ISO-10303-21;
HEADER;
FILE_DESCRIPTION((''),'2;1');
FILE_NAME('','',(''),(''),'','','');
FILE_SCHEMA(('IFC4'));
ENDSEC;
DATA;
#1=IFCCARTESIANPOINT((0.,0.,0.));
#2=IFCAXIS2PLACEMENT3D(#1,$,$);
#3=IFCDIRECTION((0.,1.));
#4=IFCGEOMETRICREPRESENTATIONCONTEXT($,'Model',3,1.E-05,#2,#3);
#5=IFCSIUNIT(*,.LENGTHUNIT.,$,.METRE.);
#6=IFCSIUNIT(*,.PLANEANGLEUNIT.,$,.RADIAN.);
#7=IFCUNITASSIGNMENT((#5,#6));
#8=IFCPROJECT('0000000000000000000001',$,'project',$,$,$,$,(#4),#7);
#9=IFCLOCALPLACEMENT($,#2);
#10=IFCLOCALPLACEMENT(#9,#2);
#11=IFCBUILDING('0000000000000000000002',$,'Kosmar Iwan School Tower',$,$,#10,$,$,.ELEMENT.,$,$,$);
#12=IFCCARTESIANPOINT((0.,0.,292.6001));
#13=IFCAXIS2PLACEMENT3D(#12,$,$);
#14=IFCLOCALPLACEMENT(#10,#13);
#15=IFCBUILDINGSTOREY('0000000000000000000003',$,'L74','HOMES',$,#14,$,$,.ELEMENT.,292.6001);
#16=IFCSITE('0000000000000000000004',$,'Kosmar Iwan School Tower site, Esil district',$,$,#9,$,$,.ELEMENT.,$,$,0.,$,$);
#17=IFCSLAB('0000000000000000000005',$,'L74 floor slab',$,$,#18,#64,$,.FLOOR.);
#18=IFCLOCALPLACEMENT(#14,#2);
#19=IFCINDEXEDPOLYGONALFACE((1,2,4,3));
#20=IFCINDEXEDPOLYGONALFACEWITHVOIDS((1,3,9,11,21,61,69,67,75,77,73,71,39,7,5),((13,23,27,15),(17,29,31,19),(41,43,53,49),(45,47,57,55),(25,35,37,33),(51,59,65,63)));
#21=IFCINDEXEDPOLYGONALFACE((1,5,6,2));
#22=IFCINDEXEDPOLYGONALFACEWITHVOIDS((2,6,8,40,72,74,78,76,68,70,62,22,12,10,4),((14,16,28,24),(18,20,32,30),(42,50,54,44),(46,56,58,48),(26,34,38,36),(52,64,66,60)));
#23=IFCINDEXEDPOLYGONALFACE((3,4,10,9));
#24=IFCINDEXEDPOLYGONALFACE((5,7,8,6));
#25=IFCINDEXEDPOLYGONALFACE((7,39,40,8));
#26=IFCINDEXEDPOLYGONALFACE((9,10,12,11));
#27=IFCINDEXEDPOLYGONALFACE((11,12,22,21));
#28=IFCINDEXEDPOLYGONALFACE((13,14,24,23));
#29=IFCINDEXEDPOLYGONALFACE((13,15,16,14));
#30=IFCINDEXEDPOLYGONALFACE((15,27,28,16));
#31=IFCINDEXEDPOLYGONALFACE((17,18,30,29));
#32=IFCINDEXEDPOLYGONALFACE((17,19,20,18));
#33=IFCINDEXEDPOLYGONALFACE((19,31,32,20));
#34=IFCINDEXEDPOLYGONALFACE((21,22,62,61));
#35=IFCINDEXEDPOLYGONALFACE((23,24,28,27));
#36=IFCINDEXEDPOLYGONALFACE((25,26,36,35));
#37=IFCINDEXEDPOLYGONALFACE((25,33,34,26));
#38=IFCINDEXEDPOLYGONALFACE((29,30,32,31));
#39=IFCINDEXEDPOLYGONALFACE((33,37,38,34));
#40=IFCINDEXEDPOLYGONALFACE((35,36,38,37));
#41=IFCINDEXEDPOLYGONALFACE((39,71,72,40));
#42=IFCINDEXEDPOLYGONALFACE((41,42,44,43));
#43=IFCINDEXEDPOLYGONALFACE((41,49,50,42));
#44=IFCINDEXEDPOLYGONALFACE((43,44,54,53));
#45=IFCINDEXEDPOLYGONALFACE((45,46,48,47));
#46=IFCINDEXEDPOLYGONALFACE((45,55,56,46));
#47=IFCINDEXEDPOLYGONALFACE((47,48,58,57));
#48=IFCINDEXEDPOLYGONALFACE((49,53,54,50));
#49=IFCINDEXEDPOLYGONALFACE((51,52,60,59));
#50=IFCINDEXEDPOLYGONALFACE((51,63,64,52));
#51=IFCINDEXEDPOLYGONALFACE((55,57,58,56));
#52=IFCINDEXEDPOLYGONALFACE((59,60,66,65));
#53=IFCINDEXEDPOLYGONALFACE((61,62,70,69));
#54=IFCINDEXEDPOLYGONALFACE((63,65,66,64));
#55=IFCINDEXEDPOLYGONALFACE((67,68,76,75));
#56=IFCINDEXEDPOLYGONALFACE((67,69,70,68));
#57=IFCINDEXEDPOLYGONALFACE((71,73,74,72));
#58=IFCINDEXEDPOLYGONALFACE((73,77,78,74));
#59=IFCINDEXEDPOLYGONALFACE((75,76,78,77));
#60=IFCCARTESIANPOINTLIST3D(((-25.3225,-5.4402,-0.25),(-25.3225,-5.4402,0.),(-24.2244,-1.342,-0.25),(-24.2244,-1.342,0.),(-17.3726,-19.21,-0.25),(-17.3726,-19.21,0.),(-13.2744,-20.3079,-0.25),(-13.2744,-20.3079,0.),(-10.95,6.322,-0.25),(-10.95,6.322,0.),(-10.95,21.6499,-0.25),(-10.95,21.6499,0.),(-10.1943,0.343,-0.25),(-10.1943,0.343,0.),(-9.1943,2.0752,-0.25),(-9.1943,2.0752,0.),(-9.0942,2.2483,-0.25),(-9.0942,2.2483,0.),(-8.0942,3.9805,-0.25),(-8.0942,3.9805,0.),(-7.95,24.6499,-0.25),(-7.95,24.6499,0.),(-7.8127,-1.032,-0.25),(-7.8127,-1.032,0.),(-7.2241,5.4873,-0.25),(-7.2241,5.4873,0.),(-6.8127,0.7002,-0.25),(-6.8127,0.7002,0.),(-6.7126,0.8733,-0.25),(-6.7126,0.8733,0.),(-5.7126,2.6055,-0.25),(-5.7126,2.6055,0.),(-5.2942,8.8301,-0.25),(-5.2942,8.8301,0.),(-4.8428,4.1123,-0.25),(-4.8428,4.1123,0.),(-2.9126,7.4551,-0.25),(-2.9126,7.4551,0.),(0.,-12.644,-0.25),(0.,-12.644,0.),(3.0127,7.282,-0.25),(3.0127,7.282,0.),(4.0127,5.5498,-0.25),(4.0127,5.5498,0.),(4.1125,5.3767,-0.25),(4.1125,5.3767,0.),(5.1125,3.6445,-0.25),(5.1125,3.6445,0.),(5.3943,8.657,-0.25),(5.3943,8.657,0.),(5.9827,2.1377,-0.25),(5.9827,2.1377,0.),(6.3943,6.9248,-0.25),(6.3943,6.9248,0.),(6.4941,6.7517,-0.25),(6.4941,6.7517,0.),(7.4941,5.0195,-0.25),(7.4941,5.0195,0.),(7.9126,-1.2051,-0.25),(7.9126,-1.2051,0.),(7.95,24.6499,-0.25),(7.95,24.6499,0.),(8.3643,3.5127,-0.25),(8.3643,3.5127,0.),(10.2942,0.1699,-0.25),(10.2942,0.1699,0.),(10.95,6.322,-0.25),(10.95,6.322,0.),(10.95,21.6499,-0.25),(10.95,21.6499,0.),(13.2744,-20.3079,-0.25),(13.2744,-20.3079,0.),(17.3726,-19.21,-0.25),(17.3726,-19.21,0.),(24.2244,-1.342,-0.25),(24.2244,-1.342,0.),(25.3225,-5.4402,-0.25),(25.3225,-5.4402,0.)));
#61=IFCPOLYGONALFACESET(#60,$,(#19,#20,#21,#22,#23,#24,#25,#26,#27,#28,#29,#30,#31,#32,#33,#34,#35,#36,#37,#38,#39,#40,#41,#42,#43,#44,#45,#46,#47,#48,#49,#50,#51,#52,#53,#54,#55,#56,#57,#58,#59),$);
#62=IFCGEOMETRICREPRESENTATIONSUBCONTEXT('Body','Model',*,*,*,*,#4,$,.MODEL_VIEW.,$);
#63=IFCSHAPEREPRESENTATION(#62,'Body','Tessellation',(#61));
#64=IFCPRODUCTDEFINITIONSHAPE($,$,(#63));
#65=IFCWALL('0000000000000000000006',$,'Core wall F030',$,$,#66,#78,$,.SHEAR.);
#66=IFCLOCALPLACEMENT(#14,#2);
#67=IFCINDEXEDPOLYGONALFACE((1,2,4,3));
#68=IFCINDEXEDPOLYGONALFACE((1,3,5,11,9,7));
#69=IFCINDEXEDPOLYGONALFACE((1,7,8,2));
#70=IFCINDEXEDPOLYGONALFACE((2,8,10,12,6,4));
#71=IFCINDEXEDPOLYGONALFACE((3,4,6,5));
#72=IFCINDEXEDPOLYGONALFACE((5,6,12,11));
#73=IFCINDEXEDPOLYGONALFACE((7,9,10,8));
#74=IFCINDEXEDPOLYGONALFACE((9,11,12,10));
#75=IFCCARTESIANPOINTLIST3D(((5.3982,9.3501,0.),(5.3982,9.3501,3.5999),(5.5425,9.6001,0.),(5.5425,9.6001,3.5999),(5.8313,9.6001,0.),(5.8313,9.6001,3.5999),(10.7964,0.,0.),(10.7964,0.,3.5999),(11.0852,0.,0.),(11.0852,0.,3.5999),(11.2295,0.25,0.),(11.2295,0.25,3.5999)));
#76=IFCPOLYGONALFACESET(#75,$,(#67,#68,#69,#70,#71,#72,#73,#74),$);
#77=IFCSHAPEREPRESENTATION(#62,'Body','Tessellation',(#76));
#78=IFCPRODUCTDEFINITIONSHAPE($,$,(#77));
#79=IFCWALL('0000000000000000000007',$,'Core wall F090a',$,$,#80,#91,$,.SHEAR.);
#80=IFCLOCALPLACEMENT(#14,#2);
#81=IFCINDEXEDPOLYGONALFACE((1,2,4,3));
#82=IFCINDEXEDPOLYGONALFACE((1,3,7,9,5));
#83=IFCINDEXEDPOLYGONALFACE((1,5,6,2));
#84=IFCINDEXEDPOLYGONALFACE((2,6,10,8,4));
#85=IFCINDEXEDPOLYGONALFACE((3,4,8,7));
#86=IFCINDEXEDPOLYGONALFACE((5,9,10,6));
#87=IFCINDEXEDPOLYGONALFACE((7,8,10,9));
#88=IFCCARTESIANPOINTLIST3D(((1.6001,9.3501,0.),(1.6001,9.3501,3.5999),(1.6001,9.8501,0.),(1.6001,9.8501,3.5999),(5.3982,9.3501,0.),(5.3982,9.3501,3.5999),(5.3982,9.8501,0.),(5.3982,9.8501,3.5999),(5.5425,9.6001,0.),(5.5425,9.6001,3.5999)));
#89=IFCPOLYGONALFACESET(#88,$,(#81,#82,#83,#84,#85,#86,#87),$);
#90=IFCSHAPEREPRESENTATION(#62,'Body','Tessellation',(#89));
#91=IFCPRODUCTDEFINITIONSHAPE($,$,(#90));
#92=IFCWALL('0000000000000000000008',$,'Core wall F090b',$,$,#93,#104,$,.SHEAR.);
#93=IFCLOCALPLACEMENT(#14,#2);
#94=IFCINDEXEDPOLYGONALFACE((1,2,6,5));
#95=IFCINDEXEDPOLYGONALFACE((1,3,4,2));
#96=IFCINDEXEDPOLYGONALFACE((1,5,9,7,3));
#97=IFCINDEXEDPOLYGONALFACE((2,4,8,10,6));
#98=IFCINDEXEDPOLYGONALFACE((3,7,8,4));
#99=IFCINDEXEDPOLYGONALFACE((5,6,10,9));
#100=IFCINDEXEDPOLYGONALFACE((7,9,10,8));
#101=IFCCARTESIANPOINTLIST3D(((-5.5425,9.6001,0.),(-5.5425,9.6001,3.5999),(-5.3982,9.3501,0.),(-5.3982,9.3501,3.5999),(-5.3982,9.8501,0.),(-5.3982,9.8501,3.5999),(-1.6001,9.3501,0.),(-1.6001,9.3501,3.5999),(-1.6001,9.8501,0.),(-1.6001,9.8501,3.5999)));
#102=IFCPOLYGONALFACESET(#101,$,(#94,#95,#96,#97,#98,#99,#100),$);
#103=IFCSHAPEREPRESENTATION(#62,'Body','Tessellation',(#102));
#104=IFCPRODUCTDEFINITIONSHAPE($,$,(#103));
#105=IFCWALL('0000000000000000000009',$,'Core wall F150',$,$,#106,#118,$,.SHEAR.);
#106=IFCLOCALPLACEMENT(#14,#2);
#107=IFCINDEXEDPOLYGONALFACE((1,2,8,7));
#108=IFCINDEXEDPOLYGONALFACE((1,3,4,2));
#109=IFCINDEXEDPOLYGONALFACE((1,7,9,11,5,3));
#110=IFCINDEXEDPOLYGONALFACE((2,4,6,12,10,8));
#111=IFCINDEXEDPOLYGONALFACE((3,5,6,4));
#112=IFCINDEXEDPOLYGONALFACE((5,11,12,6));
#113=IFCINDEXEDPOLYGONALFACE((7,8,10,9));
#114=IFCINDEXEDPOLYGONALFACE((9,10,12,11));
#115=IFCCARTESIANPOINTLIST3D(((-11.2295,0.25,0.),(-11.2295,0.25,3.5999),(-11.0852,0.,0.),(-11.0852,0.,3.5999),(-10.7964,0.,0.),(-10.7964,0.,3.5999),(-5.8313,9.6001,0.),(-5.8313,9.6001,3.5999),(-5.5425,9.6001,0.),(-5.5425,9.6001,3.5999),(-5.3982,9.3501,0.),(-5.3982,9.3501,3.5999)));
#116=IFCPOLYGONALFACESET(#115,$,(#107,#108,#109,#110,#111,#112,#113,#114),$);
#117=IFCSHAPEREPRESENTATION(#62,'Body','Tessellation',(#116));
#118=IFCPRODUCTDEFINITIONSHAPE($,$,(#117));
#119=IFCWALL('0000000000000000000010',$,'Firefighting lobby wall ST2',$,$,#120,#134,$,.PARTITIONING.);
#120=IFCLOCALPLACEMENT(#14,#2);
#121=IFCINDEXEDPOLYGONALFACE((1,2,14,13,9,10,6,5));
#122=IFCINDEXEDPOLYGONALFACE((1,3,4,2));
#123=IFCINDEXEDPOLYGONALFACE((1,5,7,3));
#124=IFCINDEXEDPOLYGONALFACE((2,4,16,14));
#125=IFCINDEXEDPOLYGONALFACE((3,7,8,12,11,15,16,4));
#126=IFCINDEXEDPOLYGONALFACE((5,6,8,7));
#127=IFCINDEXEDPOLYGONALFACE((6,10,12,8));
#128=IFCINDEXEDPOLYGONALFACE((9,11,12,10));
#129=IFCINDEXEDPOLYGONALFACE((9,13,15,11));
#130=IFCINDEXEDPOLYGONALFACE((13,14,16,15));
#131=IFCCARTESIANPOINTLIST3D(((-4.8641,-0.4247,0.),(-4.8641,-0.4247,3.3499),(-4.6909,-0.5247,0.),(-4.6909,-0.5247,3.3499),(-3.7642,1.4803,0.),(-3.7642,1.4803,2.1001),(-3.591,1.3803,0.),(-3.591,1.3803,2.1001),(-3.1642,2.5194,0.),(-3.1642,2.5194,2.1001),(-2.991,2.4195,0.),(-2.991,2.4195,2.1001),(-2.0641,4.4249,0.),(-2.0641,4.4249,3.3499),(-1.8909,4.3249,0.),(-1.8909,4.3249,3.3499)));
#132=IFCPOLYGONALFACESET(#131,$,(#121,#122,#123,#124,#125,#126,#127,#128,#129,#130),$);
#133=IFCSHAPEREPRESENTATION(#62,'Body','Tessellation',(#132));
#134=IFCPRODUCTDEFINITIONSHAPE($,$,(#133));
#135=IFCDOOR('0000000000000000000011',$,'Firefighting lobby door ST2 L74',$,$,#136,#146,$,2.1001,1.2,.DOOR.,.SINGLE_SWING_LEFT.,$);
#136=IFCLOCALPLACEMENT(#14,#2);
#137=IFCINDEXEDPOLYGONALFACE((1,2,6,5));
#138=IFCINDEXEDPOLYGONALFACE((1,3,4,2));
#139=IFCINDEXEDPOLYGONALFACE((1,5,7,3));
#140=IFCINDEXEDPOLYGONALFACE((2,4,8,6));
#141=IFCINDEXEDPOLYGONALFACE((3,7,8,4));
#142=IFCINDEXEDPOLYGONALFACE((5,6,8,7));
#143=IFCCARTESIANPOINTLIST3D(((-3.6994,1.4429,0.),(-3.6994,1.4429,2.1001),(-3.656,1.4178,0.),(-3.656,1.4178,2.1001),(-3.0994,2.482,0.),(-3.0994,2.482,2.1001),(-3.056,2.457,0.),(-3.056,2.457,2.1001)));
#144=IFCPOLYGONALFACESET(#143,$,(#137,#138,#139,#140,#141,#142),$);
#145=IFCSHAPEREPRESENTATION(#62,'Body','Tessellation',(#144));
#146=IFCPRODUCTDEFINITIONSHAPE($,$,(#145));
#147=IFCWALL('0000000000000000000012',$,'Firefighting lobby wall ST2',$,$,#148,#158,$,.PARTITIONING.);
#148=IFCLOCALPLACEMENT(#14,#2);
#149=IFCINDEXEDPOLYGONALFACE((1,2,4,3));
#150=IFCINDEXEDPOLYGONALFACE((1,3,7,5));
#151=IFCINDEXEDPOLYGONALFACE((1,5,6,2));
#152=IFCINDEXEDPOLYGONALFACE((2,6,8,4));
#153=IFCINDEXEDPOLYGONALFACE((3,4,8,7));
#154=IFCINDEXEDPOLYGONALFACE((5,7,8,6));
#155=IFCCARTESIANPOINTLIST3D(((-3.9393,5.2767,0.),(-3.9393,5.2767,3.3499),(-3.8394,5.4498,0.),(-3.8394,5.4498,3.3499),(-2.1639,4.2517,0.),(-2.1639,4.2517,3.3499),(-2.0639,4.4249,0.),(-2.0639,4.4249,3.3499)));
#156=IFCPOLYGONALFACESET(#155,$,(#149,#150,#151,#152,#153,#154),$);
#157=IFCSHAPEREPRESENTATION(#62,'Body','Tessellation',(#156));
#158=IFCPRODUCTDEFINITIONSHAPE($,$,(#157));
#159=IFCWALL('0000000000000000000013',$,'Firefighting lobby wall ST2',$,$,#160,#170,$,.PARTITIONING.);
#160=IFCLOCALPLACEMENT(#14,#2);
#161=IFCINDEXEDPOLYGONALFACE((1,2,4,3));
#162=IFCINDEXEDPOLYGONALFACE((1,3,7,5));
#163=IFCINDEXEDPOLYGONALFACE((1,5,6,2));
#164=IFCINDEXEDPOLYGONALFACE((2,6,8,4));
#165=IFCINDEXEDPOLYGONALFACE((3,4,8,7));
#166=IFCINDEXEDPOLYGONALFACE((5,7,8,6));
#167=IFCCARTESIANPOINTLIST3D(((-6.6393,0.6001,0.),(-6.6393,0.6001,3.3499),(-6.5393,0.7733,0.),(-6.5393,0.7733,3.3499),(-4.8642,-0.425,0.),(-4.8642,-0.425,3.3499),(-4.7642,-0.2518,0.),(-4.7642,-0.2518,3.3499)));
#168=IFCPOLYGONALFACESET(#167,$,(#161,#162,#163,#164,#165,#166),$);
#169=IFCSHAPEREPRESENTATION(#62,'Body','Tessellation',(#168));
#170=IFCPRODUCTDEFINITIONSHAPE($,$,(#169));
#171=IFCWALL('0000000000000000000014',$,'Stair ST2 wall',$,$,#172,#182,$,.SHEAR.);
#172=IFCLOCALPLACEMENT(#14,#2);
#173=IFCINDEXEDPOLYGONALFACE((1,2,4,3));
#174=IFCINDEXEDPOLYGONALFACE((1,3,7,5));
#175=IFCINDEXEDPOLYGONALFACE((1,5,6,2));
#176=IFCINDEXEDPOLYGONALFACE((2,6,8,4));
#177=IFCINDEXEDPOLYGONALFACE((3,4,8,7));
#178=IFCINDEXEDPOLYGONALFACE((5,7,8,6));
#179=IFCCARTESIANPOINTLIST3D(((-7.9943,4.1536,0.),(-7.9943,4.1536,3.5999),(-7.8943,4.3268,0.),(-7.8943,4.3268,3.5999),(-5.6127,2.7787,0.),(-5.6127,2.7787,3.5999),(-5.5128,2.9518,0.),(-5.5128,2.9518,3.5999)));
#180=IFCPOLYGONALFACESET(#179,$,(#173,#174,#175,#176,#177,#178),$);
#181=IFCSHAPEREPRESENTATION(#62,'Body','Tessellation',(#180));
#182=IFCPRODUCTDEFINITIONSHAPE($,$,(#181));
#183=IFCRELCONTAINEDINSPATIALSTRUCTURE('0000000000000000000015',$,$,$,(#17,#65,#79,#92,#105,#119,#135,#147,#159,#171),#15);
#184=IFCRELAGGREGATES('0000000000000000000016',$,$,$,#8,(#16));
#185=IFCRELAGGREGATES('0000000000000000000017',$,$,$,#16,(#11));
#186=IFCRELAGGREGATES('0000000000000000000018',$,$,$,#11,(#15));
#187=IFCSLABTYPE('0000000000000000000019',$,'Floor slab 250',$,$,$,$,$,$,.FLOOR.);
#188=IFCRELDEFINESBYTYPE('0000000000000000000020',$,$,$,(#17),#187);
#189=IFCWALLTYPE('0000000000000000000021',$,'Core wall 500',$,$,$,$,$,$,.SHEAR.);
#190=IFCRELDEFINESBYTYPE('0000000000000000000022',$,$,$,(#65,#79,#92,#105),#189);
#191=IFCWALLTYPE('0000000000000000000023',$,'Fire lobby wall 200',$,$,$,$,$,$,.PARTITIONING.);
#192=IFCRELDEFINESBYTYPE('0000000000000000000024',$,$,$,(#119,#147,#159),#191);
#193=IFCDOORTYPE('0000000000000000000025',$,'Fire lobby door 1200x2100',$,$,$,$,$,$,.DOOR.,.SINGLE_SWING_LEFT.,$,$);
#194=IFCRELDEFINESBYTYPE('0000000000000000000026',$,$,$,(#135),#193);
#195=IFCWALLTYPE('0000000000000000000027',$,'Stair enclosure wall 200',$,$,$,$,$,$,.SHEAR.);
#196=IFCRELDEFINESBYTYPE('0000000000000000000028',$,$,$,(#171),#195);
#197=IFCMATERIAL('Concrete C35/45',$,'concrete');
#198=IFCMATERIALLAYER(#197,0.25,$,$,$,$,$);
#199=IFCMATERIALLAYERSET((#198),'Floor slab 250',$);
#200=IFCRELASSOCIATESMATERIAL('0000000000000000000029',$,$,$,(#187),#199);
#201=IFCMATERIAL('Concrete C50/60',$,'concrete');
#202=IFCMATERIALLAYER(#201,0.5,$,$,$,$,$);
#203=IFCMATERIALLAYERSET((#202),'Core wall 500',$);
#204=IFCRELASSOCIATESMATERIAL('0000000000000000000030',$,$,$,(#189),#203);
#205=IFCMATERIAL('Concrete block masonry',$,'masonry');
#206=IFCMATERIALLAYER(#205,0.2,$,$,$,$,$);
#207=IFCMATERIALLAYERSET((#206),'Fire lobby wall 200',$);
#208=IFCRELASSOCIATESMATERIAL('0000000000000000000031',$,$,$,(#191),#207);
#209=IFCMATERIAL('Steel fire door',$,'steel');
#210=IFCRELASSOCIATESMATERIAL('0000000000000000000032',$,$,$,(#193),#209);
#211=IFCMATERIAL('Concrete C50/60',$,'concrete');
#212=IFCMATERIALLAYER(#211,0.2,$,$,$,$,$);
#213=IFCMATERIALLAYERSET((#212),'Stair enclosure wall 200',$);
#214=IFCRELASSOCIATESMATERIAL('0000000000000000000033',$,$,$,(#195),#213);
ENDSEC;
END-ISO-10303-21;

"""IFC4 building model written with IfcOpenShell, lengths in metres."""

from ifc_helpers import new_model, si_unit, direction, frame, frame_2d, origin, place, context, subcontext, project, spatial, polyline, rectangle, outline, extrude, material, layer, layer_set, type_object, element, fill, save


model = new_model("IFC4")

# Units and contexts
model_context = context("Model", 3, precision=1e-05, world=origin(), true_north=direction((0.0, 1.0)))
body_context = subcontext(model_context, "Body", "Model", "MODEL_VIEW")
ifc_project = project(units=[si_unit("LENGTHUNIT", "METRE"), si_unit("PLANEANGLEUNIT", "RADIAN")], contexts=[model_context])

# Site, building, storey
site_placement = place(None, origin())
site = spatial("IfcSite", under=ifc_project, at=site_placement, Name="Kosmar Iwan School Tower site, Esil district", CompositionType="ELEMENT", RefElevation=0.0)
building_placement = place(site_placement, origin())
building = spatial("IfcBuilding", under=site, at=building_placement, Name="Kosmar Iwan School Tower", CompositionType="ELEMENT")
storey_placement = place(building_placement, frame((0.0, 0.0, 292.6001)))
storey = spatial("IfcBuildingStorey", under=building, at=storey_placement, Name="L74", Description="HOMES", CompositionType="ELEMENT", Elevation=292.6001)

# Slab
ifc_material_1 = material(Name="Concrete C35/45", Category="concrete")
ifc_layer_1 = layer(ifc_material_1, 0.25)
ifc_layer_set_1 = layer_set([ifc_layer_1], Name="Floor slab 250")
slab_type = type_object("IfcSlabType", Name="Floor slab 250", PredefinedType="FLOOR", material=ifc_layer_set_1)
slab_placement = place(storey_placement, frame((0.0, 0.0, -0.25)))
element("IfcSlab", 1, at=slab_placement, inside=storey, type_object=slab_type, Name="L74 floor slab", PredefinedType="FLOOR", context=body_context, shape_type="SweptSolid", body=[
    extrude(outline(polyline([(-13.2744, -20.3079), (0.0, -12.644), (13.2744, -20.3079), (17.3726, -19.21), (25.3225, -5.4402), (24.2244, -1.342), (10.95, 6.322), (10.95, 21.6499), (7.95, 24.6499), (-7.95, 24.6499), (-10.95, 21.6499), (-10.95, 6.322), (-24.2244, -1.342), (-25.3225, -5.4402), (-17.3726, -19.21), (-13.2744, -20.3079)]), holes=[polyline([(7.9126, -1.2051), (10.2942, 0.1699), (8.3643, 3.5127), (5.9827, 2.1377), (7.9126, -1.2051)]), polyline([(-2.9126, 7.4551), (-5.2942, 8.8301), (-7.2241, 5.4873), (-4.8428, 4.1123), (-2.9126, 7.4551)]), polyline([(-5.7126, 2.6055), (-8.0942, 3.9805), (-9.0942, 2.2483), (-6.7126, 0.8733), (-5.7126, 2.6055)]), polyline([(-6.8127, 0.7002), (-9.1943, 2.0752), (-10.1943, 0.343), (-7.8127, -1.032), (-6.8127, 0.7002)]), polyline([(5.1125, 3.6445), (7.4941, 5.0195), (6.4941, 6.7517), (4.1125, 5.3767), (5.1125, 3.6445)]), polyline([(4.0127, 5.5498), (6.3943, 6.9248), (5.3943, 8.657), (3.0127, 7.282), (4.0127, 5.5498)])]), origin(), (0.0, 0.0, 1.0), 0.25),
])

# Walls
ifc_material_2 = material(Name="Concrete C50/60", Category="concrete")
ifc_layer_2 = layer(ifc_material_2, 0.5)
ifc_layer_set_2 = layer_set([ifc_layer_2], Name="Core wall 500")
wall_type_1 = type_object("IfcWallType", Name="Core wall 500", PredefinedType="SHEAR", material=ifc_layer_set_2)
wall_1_placement = place(storey_placement, origin())
element("IfcWall", 2, at=wall_1_placement, inside=storey, type_object=wall_type_1, Name="Core wall F030", PredefinedType="SHEAR", context=body_context, shape_type="SweptSolid", body=[
    extrude(outline(polyline([(10.7964, 0.0), (11.0852, 0.0), (11.2295, 0.25), (5.8313, 9.6001), (5.5425, 9.6001), (5.3982, 9.3501), (10.7964, 0.0)])), origin(), (0.0, 0.0, 1.0), 3.5999),
])
wall_2_placement = place(storey_placement, origin())
element("IfcWall", 3, at=wall_2_placement, inside=storey, type_object=wall_type_1, Name="Core wall F090a", PredefinedType="SHEAR", context=body_context, shape_type="SweptSolid", body=[
    extrude(outline(polyline([(1.6001, 9.3501), (5.3982, 9.3501), (5.5425, 9.6001), (5.3982, 9.8501), (1.6001, 9.8501), (1.6001, 9.3501)])), origin(), (0.0, 0.0, 1.0), 3.5999),
])
wall_3_placement = place(storey_placement, origin())
element("IfcWall", 4, at=wall_3_placement, inside=storey, type_object=wall_type_1, Name="Core wall F090b", PredefinedType="SHEAR", context=body_context, shape_type="SweptSolid", body=[
    extrude(outline(polyline([(-5.3982, 9.3501), (-1.6001, 9.3501), (-1.6001, 9.8501), (-5.3982, 9.8501), (-5.5425, 9.6001), (-5.3982, 9.3501)])), origin(), (0.0, 0.0, 1.0), 3.5999),
])
wall_4_placement = place(storey_placement, origin())
element("IfcWall", 5, at=wall_4_placement, inside=storey, type_object=wall_type_1, Name="Core wall F150", PredefinedType="SHEAR", context=body_context, shape_type="SweptSolid", body=[
    extrude(outline(polyline([(-11.0852, 0.0), (-10.7964, 0.0), (-5.3982, 9.3501), (-5.5425, 9.6001), (-5.8313, 9.6001), (-11.2295, 0.25), (-11.0852, 0.0)])), origin(), (0.0, 0.0, 1.0), 3.5999),
])

# Wall, opening, door
ifc_material_3 = material(Name="Concrete block masonry", Category="masonry")
ifc_layer_3 = layer(ifc_material_3, 0.2)
ifc_layer_set_3 = layer_set([ifc_layer_3], Name="Fire lobby wall 200")
wall_type_2 = type_object("IfcWallType", Name="Fire lobby wall 200", PredefinedType="PARTITIONING", material=ifc_layer_set_3)
wall_5_placement = place(storey_placement, frame((-1.9775, 4.3748, 0.0), z_axis=(0.0, 0.0, 1.0), x_axis=(-0.500017, -0.866016, 0.0)))
wall_5 = element("IfcWall", 6, at=wall_5_placement, inside=storey, type_object=wall_type_2, Name="Firefighting lobby wall ST2", PredefinedType="PARTITIONING", context=body_context, shape_type="SweptSolid", body=[
    extrude(rectangle(XDim=5.5999, YDim=0.2, at=frame_2d((2.7998, 0.0))), origin(), (0.0, 0.0, 1.0), 3.3499),
])
opening_placement = place(wall_5_placement, frame((2.2, 0.0, 0.0)))
opening = element("IfcOpeningElement", 7, at=opening_placement, cuts=wall_5, PredefinedType="OPENING", context=body_context, shape_type="SweptSolid", body=[
    extrude(rectangle(XDim=1.2, YDim=2.1001, at=frame_2d((0.6001, 1.05))), frame((0.0, 0.1121, 0.0), z_axis=(0.0, -1.0, 0.0), x_axis=(1.0, 0.0, 0.0)), (0.0, 0.0, 1.0), 0.2239),
])
ifc_material_4 = material(Name="Steel fire door", Category="steel")
door_type = type_object("IfcDoorType", Name="Fire lobby door 1200x2100", OperationType="SINGLE_SWING_LEFT", PredefinedType="DOOR", material=ifc_material_4)
door_placement = place(opening_placement, origin())
door = element("IfcDoor", 8, at=door_placement, inside=storey, type_object=door_type, Name="Firefighting lobby door ST2 L74", OperationType="SINGLE_SWING_LEFT", OverallHeight=2.1001, OverallWidth=1.2, PredefinedType="DOOR", context=body_context, shape_type="SweptSolid", body=[
    extrude(rectangle(XDim=1.2, YDim=2.1001, at=frame_2d((0.6001, 1.05))), frame((0.0, 0.0249, 0.0), z_axis=(0.0, -1.0, 0.0), x_axis=(1.0, 0.0, 0.0)), (0.0, 0.0, 1.0), 0.05),
])
fill(opening, door)

# Walls
wall_6_placement = place(storey_placement, frame((-2.114, 4.3384, 0.0), z_axis=(0.0, 0.0, 1.0), x_axis=(-0.866051, 0.499956, 0.0)))
element("IfcWall", 9, at=wall_6_placement, inside=storey, type_object=wall_type_2, Name="Firefighting lobby wall ST2", PredefinedType="PARTITIONING", context=body_context, shape_type="SweptSolid", body=[
    extrude(rectangle(XDim=2.05, YDim=0.2, at=frame_2d((1.0249, 0.0))), origin(), (0.0, 0.0, 1.0), 3.3499),
])
wall_7_placement = place(storey_placement, frame((-4.8142, -0.3384, 0.0), z_axis=(0.0, 0.0, 1.0), x_axis=(-0.865969, 0.500097, 0.0)))
element("IfcWall", 10, at=wall_7_placement, inside=storey, type_object=wall_type_2, Name="Firefighting lobby wall ST2", PredefinedType="PARTITIONING", context=body_context, shape_type="SweptSolid", body=[
    extrude(rectangle(XDim=2.0498, YDim=0.2, at=frame_2d((1.0249, 0.0))), origin(), (0.0, 0.0, 1.0), 3.3499),
])
ifc_material_5 = material(Name="Concrete C50/60", Category="concrete")
ifc_layer_4 = layer(ifc_material_5, 0.2)
ifc_layer_set_4 = layer_set([ifc_layer_4], Name="Stair enclosure wall 200")
wall_type_3 = type_object("IfcWallType", Name="Stair enclosure wall 200", PredefinedType="SHEAR", material=ifc_layer_set_4)
wall_8_placement = place(storey_placement, frame((-5.5627, 2.8652, 0.0), z_axis=(0.0, 0.0, 1.0), x_axis=(-0.866027, 0.499997, 0.0)))
element("IfcWall", 11, at=wall_8_placement, inside=storey, type_object=wall_type_3, Name="Stair ST2 wall", PredefinedType="SHEAR", context=body_context, shape_type="SweptSolid", body=[
    extrude(rectangle(XDim=2.75, YDim=0.2, at=frame_2d((1.375, 0.0))), origin(), (0.0, 0.0, 1.0), 3.5999),
])

save(model, "model.ifc")
